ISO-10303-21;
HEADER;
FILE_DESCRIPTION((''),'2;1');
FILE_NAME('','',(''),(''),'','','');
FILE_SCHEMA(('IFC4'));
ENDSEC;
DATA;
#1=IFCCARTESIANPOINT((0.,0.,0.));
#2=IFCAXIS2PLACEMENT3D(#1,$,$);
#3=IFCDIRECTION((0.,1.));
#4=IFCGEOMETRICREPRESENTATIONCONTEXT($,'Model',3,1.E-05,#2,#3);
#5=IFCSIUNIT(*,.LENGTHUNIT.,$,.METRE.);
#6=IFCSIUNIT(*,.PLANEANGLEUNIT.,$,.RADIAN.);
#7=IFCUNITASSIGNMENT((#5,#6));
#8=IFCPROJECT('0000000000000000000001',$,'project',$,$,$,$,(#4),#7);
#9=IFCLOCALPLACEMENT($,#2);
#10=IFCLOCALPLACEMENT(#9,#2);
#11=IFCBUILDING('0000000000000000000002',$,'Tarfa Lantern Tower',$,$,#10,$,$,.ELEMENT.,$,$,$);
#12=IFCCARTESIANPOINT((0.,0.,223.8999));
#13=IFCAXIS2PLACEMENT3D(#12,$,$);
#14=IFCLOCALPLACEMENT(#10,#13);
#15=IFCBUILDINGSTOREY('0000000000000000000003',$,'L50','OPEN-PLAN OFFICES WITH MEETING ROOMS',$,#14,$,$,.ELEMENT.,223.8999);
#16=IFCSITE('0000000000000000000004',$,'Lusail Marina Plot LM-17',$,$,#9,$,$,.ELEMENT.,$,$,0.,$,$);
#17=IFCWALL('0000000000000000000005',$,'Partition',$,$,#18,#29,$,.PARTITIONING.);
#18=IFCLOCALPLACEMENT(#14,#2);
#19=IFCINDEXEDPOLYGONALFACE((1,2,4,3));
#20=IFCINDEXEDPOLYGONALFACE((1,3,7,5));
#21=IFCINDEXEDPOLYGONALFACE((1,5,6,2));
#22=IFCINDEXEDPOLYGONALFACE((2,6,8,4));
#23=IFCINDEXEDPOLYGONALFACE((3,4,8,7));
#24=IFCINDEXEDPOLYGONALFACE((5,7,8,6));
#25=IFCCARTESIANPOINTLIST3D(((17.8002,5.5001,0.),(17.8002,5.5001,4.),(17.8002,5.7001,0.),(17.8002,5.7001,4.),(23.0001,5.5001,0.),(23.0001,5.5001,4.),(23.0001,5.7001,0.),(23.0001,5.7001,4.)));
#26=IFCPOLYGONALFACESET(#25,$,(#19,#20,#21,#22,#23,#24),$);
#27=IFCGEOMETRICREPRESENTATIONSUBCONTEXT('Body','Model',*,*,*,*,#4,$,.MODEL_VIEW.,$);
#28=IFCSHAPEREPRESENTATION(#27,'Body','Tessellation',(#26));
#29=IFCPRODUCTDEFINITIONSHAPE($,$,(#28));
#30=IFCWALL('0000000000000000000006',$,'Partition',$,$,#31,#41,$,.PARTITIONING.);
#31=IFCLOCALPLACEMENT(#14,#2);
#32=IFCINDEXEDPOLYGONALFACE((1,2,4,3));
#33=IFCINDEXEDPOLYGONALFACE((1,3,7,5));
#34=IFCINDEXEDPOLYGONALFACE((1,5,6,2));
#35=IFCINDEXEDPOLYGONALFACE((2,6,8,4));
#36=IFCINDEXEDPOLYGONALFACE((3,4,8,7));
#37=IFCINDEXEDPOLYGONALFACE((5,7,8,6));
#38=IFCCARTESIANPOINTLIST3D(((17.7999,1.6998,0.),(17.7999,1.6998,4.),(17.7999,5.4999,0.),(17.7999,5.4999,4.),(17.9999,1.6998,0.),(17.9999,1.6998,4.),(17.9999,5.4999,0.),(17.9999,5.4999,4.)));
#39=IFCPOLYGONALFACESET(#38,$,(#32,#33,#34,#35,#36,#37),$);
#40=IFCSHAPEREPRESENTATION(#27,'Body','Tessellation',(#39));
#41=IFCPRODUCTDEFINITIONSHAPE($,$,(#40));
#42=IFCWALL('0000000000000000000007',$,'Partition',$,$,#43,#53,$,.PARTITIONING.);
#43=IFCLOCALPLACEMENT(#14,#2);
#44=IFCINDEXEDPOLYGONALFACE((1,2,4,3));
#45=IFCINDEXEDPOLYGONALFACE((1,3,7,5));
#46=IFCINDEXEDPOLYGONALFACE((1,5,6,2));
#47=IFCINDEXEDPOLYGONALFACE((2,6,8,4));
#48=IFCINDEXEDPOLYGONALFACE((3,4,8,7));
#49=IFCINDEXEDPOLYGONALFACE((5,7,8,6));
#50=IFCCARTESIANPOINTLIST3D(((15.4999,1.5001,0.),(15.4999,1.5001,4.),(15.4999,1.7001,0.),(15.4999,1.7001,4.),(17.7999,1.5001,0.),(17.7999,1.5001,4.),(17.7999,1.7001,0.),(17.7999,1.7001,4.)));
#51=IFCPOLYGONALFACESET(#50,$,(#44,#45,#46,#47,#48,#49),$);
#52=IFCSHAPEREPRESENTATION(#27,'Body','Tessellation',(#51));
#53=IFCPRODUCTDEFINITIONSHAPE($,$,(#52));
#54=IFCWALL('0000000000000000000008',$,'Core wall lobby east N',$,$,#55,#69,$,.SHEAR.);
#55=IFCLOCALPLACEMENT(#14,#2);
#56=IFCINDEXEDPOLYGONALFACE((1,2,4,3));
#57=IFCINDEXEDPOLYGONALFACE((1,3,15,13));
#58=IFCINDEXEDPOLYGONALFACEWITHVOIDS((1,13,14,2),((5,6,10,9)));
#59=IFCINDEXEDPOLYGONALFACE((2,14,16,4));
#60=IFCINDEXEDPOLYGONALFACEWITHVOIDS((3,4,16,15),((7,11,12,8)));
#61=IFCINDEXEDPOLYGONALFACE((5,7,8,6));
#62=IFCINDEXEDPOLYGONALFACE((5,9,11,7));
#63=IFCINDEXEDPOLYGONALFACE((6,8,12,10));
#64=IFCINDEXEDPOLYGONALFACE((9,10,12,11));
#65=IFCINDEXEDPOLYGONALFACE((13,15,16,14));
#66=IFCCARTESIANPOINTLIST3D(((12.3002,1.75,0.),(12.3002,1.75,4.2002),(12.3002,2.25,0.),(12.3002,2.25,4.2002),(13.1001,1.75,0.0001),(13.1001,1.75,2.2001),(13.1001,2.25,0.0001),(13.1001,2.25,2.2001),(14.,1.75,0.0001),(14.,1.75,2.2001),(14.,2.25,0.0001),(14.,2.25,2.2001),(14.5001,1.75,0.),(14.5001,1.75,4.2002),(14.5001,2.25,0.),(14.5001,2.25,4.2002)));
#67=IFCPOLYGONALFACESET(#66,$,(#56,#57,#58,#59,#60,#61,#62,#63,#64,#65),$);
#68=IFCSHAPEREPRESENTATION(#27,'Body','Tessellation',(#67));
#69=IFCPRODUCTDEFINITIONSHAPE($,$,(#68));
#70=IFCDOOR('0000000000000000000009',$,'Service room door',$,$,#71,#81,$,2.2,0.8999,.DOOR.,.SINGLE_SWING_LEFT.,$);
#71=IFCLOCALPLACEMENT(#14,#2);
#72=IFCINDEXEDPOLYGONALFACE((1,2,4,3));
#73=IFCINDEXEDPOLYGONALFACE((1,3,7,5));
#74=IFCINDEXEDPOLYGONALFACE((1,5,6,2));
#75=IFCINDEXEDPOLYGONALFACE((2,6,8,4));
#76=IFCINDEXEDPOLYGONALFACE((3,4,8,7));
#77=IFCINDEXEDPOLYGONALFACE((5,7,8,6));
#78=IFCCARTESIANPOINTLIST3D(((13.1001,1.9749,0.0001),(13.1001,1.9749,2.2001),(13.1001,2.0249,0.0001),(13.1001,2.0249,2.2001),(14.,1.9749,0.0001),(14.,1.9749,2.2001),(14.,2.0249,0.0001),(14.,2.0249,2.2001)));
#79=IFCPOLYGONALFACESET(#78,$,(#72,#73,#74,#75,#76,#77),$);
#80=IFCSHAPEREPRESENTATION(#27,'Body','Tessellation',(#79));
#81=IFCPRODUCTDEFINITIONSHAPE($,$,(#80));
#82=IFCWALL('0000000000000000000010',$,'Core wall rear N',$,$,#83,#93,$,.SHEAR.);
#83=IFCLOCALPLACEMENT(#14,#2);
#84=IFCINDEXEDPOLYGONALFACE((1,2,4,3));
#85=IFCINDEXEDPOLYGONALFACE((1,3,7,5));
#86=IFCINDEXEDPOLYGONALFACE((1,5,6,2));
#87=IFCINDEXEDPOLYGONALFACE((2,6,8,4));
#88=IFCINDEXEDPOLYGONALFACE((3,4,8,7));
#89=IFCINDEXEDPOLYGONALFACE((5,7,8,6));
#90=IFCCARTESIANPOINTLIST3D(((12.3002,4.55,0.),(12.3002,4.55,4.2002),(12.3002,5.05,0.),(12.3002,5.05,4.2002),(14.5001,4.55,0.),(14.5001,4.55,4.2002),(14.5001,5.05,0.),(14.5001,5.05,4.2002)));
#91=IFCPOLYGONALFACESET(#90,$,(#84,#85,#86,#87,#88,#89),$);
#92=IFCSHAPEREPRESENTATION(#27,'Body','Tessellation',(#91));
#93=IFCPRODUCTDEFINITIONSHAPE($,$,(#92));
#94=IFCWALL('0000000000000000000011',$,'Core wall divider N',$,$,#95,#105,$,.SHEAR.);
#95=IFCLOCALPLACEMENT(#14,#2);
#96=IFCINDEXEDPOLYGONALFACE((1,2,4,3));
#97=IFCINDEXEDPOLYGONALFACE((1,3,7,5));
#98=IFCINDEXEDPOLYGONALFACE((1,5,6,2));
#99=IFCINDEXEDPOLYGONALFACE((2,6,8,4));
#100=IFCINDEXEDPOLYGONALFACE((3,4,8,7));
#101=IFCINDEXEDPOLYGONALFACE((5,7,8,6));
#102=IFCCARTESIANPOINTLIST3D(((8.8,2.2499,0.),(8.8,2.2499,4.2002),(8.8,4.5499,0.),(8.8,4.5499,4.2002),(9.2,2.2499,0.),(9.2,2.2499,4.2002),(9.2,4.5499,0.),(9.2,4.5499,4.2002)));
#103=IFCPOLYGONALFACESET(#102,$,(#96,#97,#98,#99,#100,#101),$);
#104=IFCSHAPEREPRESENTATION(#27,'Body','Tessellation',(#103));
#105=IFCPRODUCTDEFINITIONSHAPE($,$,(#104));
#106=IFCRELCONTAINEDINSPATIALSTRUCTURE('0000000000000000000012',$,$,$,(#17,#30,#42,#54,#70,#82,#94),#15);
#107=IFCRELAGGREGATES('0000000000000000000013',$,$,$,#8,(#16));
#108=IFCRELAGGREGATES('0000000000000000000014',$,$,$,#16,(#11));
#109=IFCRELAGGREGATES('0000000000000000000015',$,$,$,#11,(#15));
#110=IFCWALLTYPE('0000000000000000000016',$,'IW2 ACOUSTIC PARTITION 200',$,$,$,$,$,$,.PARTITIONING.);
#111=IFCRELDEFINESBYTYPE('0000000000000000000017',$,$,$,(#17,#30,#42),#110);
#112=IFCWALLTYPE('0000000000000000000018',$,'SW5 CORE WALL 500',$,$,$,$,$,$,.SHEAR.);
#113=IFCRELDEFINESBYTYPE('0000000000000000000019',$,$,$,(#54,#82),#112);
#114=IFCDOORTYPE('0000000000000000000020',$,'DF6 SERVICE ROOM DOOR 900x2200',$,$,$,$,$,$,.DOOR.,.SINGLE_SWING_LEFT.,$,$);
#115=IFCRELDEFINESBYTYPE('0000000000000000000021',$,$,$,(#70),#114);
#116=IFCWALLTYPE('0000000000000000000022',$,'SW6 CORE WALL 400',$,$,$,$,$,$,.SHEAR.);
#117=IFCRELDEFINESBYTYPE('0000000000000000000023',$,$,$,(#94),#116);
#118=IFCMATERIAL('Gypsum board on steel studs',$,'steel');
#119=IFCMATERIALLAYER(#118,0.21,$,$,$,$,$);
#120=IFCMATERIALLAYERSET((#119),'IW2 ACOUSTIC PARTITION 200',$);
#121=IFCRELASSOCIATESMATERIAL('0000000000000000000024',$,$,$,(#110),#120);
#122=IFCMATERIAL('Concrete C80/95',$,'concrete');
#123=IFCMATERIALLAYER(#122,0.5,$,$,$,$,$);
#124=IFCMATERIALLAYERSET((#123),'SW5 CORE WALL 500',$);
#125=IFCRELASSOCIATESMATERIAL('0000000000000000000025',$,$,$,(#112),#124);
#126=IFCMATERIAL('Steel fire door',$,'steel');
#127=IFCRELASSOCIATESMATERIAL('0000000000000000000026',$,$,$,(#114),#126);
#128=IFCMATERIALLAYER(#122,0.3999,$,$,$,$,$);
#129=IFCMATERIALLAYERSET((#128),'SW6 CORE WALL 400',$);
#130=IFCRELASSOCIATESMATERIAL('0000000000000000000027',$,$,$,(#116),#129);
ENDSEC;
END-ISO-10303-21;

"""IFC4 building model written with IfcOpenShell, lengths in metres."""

from ifc_helpers import new_model, si_unit, direction, frame, frame_2d, origin, place, context, subcontext, project, spatial, rectangle, extrude, material, layer, layer_set, type_object, element, fill, save


model = new_model("IFC4")

# Units and contexts
model_context = context("Model", 3, precision=1e-05, world=origin(), true_north=direction((0.0, 1.0)))
body_context = subcontext(model_context, "Body", "Model", "MODEL_VIEW")
ifc_project = project(units=[si_unit("LENGTHUNIT", "METRE"), si_unit("PLANEANGLEUNIT", "RADIAN")], contexts=[model_context])

# Site, building, storey
site_placement = place(None, origin())
site = spatial("IfcSite", under=ifc_project, at=site_placement, Name="Lusail Marina Plot LM-17", CompositionType="ELEMENT", RefElevation=0.0)
building_placement = place(site_placement, origin())
building = spatial("IfcBuilding", under=site, at=building_placement, Name="Tarfa Lantern Tower", CompositionType="ELEMENT")
storey_placement = place(building_placement, frame((0.0, 0.0, 223.8999)))
storey = spatial("IfcBuildingStorey", under=building, at=storey_placement, Name="L50", Description="OPEN-PLAN OFFICES WITH MEETING ROOMS", CompositionType="ELEMENT", Elevation=223.8999)

# Shared definitions
ifc_material_1 = material(Name="Gypsum board on steel studs", Category="steel")
ifc_layer_1 = layer(ifc_material_1, 0.21)
ifc_layer_set_1 = layer_set([ifc_layer_1], Name="IW2 ACOUSTIC PARTITION 200")
wall_type_1 = type_object("IfcWallType", Name="IW2 ACOUSTIC PARTITION 200", PredefinedType="PARTITIONING", material=ifc_layer_set_1)

# Walls
wall_1_placement = place(storey_placement, frame((17.8, 5.6001, 0.0), z_axis=(0.0, 0.0, 1.0), x_axis=(1.0, 0.0, 0.0)))
element("IfcWall", 1, at=wall_1_placement, inside=storey, type_object=wall_type_1, Name="Partition", PredefinedType="PARTITIONING", context=body_context, shape_type="SweptSolid", body=[
    extrude(rectangle(XDim=5.2, YDim=0.2, at=frame_2d((2.6001, 0.0))), origin(), (0.0, 0.0, 1.0), 4.0),
])
wall_2_placement = place(storey_placement, frame((17.8999, 1.7, 0.0), z_axis=(0.0, 0.0, 1.0), x_axis=(0.0, 1.0, 0.0)))
element("IfcWall", 2, at=wall_2_placement, inside=storey, type_object=wall_type_1, Name="Partition", PredefinedType="PARTITIONING", context=body_context, shape_type="SweptSolid", body=[
    extrude(rectangle(XDim=3.8, YDim=0.2, at=frame_2d((1.8999, 0.0))), origin(), (0.0, 0.0, 1.0), 4.0),
])
wall_3_placement = place(storey_placement, frame((15.5, 1.6001, 0.0), z_axis=(0.0, 0.0, 1.0), x_axis=(1.0, 0.0, 0.0)))
element("IfcWall", 3, at=wall_3_placement, inside=storey, type_object=wall_type_1, Name="Partition", PredefinedType="PARTITIONING", context=body_context, shape_type="SweptSolid", body=[
    extrude(rectangle(XDim=2.3, YDim=0.2, at=frame_2d((1.1499, 0.0))), origin(), (0.0, 0.0, 1.0), 4.0),
])

# Wall, opening, door
ifc_material_2 = material(Name="Concrete C80/95", Category="concrete")
ifc_layer_2 = layer(ifc_material_2, 0.5)
ifc_layer_set_2 = layer_set([ifc_layer_2], Name="SW5 CORE WALL 500")
wall_type_2 = type_object("IfcWallType", Name="SW5 CORE WALL 500", PredefinedType="SHEAR", material=ifc_layer_set_2)
wall_4_placement = place(storey_placement, frame((12.3, 2.0, 0.0), z_axis=(0.0, 0.0, 1.0), x_axis=(1.0, 0.0, 0.0)))
wall_4 = element("IfcWall", 4, at=wall_4_placement, inside=storey, type_object=wall_type_2, Name="Core wall lobby east N", PredefinedType="SHEAR", context=body_context, shape_type="SweptSolid", body=[
    extrude(rectangle(XDim=2.2, YDim=0.5, at=frame_2d((1.1001, 0.0))), origin(), (0.0, 0.0, 1.0), 4.2002),
])
opening_1_placement = place(wall_4_placement, frame((0.8, 0.0, 0.0)))
opening_1 = element("IfcOpeningElement", 5, at=opening_1_placement, cuts=wall_4, PredefinedType="OPENING", context=body_context, shape_type="SweptSolid", body=[
    extrude(rectangle(XDim=0.8999, YDim=2.2, at=frame_2d((0.45, 1.1001))), frame((0.0, 0.26, 0.0), z_axis=(0.0, -1.0, 0.0), x_axis=(1.0, 0.0, 0.0)), (0.0, 0.0, 1.0), 0.52),
])
ifc_material_3 = material(Name="Steel fire door", Category="steel")
door_type_1 = type_object("IfcDoorType", Name="DF6 SERVICE ROOM DOOR 900x2200", OperationType="SINGLE_SWING_LEFT", PredefinedType="DOOR", material=ifc_material_3)
door_1_placement = place(opening_1_placement, origin())
door_1 = element("IfcDoor", 6, at=door_1_placement, inside=storey, type_object=door_type_1, Name="Service room door", OperationType="SINGLE_SWING_LEFT", OverallHeight=2.2, OverallWidth=0.8999, PredefinedType="DOOR", context=body_context, shape_type="SweptSolid", body=[
    extrude(rectangle(XDim=0.8999, YDim=2.2, at=frame_2d((0.45, 1.1001))), frame((0.0, 0.0249, 0.0), z_axis=(0.0, -1.0, 0.0), x_axis=(1.0, 0.0, 0.0)), (0.0, 0.0, 1.0), 0.05),
])
fill(opening_1, door_1)

# Walls
wall_5_placement = place(storey_placement, frame((12.3, 4.8, 0.0), z_axis=(0.0, 0.0, 1.0), x_axis=(1.0, 0.0, 0.0)))
element("IfcWall", 7, at=wall_5_placement, inside=storey, type_object=wall_type_2, Name="Core wall rear N", PredefinedType="SHEAR", context=body_context, shape_type="SweptSolid", body=[
    extrude(rectangle(XDim=2.2, YDim=0.5, at=frame_2d((1.1001, 0.0))), origin(), (0.0, 0.0, 1.0), 4.2002),
])
ifc_layer_3 = layer(ifc_material_2, 0.3999)
ifc_layer_set_3 = layer_set([ifc_layer_3], Name="SW6 CORE WALL 400")
wall_type_3 = type_object("IfcWallType", Name="SW6 CORE WALL 400", PredefinedType="SHEAR", material=ifc_layer_set_3)
wall_6_placement = place(storey_placement, frame((9.0, 2.25, 0.0), z_axis=(0.0, 0.0, 1.0), x_axis=(0.0, 1.0, 0.0)))
element("IfcWall", 8, at=wall_6_placement, inside=storey, type_object=wall_type_3, Name="Core wall divider N", PredefinedType="SHEAR", context=body_context, shape_type="SweptSolid", body=[
    extrude(rectangle(XDim=2.3, YDim=0.3999, at=frame_2d((1.1499, 0.0))), origin(), (0.0, 0.0, 1.0), 4.2002),
])

save(model, "model.ifc")
